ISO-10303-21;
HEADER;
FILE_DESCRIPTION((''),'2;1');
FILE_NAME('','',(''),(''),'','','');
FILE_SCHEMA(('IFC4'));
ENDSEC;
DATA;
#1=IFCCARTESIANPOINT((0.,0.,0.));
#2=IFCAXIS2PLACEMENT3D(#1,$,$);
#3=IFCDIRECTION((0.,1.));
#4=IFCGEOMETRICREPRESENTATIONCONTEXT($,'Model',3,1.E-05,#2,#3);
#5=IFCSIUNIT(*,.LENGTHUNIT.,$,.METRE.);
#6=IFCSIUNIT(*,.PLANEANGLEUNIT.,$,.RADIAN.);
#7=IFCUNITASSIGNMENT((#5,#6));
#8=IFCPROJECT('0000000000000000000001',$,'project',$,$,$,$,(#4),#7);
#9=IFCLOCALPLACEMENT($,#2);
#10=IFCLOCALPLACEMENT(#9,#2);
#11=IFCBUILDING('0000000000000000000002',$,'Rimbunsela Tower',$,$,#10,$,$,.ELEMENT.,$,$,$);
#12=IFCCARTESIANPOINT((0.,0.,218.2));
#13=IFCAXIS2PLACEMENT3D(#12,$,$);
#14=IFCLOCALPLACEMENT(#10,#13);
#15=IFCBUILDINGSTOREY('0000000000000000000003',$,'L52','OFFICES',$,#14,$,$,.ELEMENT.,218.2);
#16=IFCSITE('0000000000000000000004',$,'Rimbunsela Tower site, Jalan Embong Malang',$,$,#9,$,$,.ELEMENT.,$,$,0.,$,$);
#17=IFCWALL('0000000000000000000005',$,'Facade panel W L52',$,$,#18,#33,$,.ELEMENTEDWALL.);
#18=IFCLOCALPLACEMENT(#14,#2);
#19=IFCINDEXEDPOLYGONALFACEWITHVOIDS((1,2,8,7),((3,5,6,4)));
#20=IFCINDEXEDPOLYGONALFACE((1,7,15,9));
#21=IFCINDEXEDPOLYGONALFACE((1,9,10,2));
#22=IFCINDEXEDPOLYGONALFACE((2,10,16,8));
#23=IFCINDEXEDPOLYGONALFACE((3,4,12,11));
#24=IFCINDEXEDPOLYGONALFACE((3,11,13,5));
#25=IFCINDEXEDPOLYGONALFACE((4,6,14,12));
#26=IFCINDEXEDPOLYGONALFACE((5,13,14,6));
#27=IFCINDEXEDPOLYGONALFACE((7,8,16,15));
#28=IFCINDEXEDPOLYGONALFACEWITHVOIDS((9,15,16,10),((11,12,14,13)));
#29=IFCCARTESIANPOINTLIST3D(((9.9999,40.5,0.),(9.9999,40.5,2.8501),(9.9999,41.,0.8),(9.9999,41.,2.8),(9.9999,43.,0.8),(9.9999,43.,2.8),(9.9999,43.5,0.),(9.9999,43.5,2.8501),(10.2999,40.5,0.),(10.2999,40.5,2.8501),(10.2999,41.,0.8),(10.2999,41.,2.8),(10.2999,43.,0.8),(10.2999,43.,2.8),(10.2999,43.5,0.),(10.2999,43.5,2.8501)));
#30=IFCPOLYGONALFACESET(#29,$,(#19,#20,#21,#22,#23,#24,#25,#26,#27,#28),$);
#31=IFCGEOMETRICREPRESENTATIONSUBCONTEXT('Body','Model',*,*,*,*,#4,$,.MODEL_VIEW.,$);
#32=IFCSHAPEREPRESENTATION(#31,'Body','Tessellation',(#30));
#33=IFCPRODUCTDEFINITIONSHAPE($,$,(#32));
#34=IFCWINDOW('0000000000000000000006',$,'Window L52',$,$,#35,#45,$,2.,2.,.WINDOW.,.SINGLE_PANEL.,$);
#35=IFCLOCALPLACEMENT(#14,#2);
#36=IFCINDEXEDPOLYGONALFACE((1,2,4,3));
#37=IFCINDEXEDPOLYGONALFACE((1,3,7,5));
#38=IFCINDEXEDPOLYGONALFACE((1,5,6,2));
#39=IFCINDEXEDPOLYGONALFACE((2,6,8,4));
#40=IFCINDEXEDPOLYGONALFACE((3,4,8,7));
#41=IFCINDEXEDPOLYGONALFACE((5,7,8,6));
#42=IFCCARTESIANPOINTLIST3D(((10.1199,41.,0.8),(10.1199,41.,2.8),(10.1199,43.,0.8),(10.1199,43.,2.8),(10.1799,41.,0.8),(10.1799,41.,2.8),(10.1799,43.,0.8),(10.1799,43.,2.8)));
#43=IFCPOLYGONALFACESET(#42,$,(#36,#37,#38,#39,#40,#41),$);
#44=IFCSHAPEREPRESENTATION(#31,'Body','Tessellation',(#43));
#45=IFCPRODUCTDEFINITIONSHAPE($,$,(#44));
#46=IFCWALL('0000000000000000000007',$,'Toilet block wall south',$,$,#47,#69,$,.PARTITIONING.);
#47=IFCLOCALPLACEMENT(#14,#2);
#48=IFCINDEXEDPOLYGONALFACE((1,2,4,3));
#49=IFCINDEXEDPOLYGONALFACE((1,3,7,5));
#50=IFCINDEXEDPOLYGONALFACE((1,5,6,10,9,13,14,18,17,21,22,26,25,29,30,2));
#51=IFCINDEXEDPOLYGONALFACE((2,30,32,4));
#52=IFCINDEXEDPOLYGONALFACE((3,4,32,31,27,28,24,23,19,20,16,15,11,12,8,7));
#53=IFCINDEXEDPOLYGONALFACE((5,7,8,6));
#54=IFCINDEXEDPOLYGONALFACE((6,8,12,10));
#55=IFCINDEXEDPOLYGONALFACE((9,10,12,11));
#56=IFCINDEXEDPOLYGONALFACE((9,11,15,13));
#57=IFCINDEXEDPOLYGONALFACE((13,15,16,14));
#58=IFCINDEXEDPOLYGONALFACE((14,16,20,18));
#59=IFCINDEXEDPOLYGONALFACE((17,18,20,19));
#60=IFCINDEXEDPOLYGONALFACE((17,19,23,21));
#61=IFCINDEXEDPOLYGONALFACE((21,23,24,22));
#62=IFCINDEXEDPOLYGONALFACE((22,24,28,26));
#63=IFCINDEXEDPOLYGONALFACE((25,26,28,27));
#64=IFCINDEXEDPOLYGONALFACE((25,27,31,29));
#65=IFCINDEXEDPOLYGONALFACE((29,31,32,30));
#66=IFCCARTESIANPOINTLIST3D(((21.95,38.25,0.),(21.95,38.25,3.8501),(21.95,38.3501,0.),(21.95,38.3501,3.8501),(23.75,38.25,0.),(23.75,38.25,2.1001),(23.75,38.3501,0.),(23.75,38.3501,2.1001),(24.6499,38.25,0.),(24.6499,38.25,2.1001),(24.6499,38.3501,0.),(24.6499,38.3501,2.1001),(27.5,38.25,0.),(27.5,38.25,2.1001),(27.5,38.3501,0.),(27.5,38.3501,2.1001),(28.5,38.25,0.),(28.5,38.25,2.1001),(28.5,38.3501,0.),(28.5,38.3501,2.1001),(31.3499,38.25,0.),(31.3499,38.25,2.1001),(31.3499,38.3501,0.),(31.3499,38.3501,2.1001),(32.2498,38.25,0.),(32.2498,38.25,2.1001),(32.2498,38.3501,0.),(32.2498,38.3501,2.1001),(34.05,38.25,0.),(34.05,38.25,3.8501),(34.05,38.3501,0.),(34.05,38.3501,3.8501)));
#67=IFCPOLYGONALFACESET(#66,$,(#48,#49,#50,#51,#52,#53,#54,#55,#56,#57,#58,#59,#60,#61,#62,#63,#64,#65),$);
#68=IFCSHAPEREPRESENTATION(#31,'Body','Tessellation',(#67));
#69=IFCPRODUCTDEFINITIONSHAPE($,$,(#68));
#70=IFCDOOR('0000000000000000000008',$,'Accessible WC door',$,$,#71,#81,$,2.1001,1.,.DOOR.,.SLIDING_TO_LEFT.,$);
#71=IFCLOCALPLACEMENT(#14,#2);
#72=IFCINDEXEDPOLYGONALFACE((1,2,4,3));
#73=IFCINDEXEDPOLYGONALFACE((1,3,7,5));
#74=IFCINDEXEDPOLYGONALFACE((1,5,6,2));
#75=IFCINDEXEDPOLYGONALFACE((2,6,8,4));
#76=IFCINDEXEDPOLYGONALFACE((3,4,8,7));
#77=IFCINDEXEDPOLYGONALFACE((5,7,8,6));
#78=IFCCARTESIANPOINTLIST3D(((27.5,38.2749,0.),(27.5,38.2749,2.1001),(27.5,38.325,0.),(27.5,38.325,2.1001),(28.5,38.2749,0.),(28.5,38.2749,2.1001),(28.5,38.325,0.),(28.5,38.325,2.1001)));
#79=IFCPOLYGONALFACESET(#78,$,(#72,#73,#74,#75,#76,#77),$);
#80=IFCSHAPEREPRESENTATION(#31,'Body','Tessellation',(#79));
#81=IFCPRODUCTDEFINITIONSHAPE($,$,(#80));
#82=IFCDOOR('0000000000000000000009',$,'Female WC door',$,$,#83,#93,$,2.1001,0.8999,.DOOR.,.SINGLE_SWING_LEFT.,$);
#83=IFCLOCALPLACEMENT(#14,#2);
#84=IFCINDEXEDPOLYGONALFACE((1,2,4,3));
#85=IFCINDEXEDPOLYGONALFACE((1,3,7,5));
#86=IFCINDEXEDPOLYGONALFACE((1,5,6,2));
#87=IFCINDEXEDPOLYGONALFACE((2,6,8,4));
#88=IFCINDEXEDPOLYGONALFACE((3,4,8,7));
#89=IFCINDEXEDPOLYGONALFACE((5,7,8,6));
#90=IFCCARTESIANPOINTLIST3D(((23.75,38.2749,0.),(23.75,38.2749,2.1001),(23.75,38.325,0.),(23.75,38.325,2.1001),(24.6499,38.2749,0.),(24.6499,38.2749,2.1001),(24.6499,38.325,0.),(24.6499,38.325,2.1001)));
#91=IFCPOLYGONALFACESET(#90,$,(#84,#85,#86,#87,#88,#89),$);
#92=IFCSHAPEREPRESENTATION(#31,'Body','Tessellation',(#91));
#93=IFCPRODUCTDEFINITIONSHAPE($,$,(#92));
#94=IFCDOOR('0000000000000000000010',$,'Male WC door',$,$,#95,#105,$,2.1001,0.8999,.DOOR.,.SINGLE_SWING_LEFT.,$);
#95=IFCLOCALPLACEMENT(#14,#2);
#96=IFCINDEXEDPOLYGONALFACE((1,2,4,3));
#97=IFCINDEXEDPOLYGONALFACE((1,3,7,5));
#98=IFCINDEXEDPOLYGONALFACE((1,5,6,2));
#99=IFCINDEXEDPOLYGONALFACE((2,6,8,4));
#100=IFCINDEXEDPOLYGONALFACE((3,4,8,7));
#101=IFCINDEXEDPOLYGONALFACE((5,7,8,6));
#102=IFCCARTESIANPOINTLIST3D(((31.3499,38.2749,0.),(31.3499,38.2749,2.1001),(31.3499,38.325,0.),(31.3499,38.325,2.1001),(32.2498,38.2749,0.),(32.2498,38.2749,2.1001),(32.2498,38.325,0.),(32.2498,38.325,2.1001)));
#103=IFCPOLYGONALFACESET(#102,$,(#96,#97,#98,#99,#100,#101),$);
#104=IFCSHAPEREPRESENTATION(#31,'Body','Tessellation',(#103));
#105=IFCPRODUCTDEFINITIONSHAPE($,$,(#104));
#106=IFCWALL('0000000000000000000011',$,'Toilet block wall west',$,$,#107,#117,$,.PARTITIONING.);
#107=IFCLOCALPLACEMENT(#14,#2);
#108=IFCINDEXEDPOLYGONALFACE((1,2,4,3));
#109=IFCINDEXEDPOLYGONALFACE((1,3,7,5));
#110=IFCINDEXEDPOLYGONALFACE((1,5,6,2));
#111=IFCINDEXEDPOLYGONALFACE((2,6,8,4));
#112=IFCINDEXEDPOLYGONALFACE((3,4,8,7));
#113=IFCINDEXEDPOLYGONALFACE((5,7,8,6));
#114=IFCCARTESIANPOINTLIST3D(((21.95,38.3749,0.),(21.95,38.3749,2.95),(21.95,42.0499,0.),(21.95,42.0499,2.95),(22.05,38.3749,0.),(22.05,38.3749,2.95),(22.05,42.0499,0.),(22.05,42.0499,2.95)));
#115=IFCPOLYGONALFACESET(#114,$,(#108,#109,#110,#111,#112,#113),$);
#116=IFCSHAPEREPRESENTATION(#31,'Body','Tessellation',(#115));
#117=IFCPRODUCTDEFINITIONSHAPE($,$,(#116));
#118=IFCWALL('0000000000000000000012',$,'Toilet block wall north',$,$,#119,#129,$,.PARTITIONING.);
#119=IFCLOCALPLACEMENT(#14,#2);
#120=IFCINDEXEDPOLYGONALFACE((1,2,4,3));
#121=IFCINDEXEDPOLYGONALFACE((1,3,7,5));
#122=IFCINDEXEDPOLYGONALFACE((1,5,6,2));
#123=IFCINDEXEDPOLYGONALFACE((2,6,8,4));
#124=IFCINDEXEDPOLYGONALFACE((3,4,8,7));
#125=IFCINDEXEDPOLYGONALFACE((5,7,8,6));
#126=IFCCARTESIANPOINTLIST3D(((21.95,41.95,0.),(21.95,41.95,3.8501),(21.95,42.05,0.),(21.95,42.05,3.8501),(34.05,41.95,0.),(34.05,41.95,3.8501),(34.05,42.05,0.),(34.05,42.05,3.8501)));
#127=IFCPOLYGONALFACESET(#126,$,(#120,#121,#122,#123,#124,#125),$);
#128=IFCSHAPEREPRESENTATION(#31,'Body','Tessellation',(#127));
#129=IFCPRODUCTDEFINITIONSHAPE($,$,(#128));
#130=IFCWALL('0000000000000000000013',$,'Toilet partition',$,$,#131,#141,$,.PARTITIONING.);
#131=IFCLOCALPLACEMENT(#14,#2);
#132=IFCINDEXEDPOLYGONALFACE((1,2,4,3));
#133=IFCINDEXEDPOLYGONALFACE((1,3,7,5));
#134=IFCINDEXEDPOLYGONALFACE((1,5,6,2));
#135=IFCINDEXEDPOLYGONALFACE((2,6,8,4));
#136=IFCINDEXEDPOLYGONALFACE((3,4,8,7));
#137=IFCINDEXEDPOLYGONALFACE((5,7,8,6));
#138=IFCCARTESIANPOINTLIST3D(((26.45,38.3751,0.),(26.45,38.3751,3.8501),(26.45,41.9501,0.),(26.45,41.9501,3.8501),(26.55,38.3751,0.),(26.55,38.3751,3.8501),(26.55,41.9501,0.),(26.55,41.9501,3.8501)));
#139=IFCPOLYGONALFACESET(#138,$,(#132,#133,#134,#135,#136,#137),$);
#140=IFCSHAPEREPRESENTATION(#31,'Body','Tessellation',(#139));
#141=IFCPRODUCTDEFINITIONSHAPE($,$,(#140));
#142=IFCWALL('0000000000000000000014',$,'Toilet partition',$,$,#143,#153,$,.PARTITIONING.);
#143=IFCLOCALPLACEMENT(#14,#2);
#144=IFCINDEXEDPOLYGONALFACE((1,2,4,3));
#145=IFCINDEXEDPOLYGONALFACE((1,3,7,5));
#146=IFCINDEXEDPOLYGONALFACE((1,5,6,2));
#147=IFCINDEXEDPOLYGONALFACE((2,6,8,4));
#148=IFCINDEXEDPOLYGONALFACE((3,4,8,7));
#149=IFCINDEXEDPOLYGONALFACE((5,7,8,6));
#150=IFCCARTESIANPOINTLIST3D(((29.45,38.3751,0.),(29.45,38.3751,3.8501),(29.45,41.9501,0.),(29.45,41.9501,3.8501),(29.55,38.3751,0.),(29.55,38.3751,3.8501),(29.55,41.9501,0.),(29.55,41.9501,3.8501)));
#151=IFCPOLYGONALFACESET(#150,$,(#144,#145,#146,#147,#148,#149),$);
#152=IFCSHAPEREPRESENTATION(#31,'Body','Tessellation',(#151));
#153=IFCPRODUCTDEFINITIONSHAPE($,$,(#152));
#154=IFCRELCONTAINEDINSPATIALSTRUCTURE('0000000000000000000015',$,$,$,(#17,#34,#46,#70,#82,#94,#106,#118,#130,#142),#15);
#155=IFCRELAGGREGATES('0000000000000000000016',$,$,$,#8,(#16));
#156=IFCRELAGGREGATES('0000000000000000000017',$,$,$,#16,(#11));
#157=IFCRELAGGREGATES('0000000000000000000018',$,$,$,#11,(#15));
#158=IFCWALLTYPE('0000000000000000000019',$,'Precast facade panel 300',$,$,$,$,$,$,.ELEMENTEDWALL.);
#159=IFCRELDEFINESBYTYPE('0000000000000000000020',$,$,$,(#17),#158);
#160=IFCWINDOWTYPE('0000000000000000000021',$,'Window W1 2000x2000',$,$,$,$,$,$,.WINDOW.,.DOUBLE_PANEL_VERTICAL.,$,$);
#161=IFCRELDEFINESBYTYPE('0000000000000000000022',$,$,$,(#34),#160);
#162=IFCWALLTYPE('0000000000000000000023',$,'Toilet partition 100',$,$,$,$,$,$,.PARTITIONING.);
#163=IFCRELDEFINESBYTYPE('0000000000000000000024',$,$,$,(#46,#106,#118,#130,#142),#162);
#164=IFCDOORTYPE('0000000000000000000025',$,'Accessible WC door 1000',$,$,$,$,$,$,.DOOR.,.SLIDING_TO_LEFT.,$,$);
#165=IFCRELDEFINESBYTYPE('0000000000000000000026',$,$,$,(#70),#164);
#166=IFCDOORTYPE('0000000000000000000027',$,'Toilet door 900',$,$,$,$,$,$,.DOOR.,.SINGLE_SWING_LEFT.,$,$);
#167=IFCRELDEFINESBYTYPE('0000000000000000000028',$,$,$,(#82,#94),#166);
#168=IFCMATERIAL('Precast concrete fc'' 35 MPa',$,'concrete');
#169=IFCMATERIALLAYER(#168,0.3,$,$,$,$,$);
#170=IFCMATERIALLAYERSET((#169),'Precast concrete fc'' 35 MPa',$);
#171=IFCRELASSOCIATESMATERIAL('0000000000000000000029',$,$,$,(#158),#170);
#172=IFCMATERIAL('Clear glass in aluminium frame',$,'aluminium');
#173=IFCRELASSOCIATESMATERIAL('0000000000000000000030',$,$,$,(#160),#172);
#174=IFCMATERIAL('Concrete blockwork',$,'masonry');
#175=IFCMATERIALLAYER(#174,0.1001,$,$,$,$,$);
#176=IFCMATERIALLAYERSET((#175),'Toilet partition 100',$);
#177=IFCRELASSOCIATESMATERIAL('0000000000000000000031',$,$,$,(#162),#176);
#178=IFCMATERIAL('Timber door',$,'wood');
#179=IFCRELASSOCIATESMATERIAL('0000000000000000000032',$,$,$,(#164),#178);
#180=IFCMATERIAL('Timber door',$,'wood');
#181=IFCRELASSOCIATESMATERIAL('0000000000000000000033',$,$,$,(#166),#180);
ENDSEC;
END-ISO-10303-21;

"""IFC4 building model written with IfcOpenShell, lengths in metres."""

from ifc_helpers import new_model, si_unit, direction, frame, frame_2d, origin, place, context, subcontext, project, spatial, rectangle, extrude, material, layer, layer_set, type_object, element, fill, save


model = new_model("IFC4")

# Units and contexts
model_context = context("Model", 3, precision=1e-05, world=origin(), true_north=direction((0.0, 1.0)))
body_context = subcontext(model_context, "Body", "Model", "MODEL_VIEW")
ifc_project = project(units=[si_unit("LENGTHUNIT", "METRE"), si_unit("PLANEANGLEUNIT", "RADIAN")], contexts=[model_context])

# Site, building, storey
site_placement = place(None, origin())
site = spatial("IfcSite", under=ifc_project, at=site_placement, Name="Rimbunsela Tower site, Jalan Embong Malang", CompositionType="ELEMENT", RefElevation=0.0)
building_placement = place(site_placement, origin())
building = spatial("IfcBuilding", under=site, at=building_placement, Name="Rimbunsela Tower", CompositionType="ELEMENT")
storey_placement = place(building_placement, frame((0.0, 0.0, 218.2)))
storey = spatial("IfcBuildingStorey", under=building, at=storey_placement, Name="L52", Description="OFFICES", CompositionType="ELEMENT", Elevation=218.2)

# Wall, opening, window
ifc_material_1 = material(Name="Precast concrete fc' 35 MPa", Category="concrete")
ifc_layer_1 = layer(ifc_material_1, 0.3)
ifc_layer_set_1 = layer_set([ifc_layer_1], Name="Precast concrete fc' 35 MPa")
wall_type_1 = type_object("IfcWallType", Name="Precast facade panel 300", PredefinedType="ELEMENTEDWALL", material=ifc_layer_set_1)
wall_1_placement = place(storey_placement, frame((10.1499, 43.5, 0.0), z_axis=(0.0, 0.0, 1.0), x_axis=(0.0, -1.0, 0.0)))
wall_1 = element("IfcWall", 1, at=wall_1_placement, inside=storey, type_object=wall_type_1, Name="Facade panel W L52", PredefinedType="ELEMENTEDWALL", context=body_context, shape_type="SweptSolid", body=[
    extrude(rectangle(XDim=3.0, YDim=0.3, at=frame_2d((1.5, 0.0))), origin(), (0.0, 0.0, 1.0), 2.8501),
])
opening_1_placement = place(wall_1_placement, frame((0.5, 0.0, 0.8)))
opening_1 = element("IfcOpeningElement", 2, at=opening_1_placement, cuts=wall_1, PredefinedType="OPENING", context=body_context, shape_type="SweptSolid", body=[
    extrude(rectangle(XDim=2.0, YDim=2.0, at=frame_2d((1.0, 1.0))), frame((0.0, 0.1599, 0.0), z_axis=(0.0, -1.0, 0.0), x_axis=(1.0, 0.0, 0.0)), (0.0, 0.0, 1.0), 0.3201),
])
ifc_material_2 = material(Name="Clear glass in aluminium frame", Category="aluminium")
window_type = type_object("IfcWindowType", Name="Window W1 2000x2000", PartitioningType="DOUBLE_PANEL_VERTICAL", PredefinedType="WINDOW", material=ifc_material_2)
window_placement = place(opening_1_placement, origin())
window = element("IfcWindow", 3, at=window_placement, inside=storey, type_object=window_type, Name="Window L52", OverallHeight=2.0, OverallWidth=2.0, PartitioningType="SINGLE_PANEL", PredefinedType="WINDOW", context=body_context, shape_type="SweptSolid", body=[
    extrude(rectangle(XDim=2.0, YDim=2.0, at=frame_2d((1.0, 1.0))), frame((0.0, 0.03, 0.0), z_axis=(0.0, -1.0, 0.0), x_axis=(1.0, 0.0, 0.0)), (0.0, 0.0, 1.0), 0.0601),
])
fill(opening_1, window)

# Wall, openings, doors
ifc_material_3 = material(Name="Concrete blockwork", Category="masonry")
ifc_layer_2 = layer(ifc_material_3, 0.1001)
ifc_layer_set_2 = layer_set([ifc_layer_2], Name="Toilet partition 100")
wall_type_2 = type_object("IfcWallType", Name="Toilet partition 100", PredefinedType="PARTITIONING", material=ifc_layer_set_2)
wall_2_placement = place(storey_placement, frame((21.95, 38.3, 0.0), z_axis=(0.0, 0.0, 1.0), x_axis=(1.0, 0.0, 0.0)))
wall_2 = element("IfcWall", 4, at=wall_2_placement, inside=storey, type_object=wall_type_2, Name="Toilet block wall south", PredefinedType="PARTITIONING", context=body_context, shape_type="SweptSolid", body=[
    extrude(rectangle(XDim=12.1001, YDim=0.1001, at=frame_2d((6.05, 0.0))), origin(), (0.0, 0.0, 1.0), 3.8501),
])
opening_2_placement = place(wall_2_placement, frame((1.8, 0.0, 0.0)))
opening_2 = element("IfcOpeningElement", 5, at=opening_2_placement, cuts=wall_2, PredefinedType="OPENING", context=body_context, shape_type="SweptSolid", body=[
    extrude(rectangle(XDim=0.8999, YDim=2.1001, at=frame_2d((0.45, 1.05))), frame((0.0, 0.0601, 0.0), z_axis=(0.0, -1.0, 0.0), x_axis=(1.0, 0.0, 0.0)), (0.0, 0.0, 1.0), 0.1201),
])
opening_3_placement = place(wall_2_placement, frame((5.55, 0.0, 0.0)))
opening_3 = element("IfcOpeningElement", 6, at=opening_3_placement, cuts=wall_2, PredefinedType="OPENING", context=body_context, shape_type="SweptSolid", body=[
    extrude(rectangle(XDim=1.0, YDim=2.1001, at=frame_2d((0.5, 1.05))), frame((0.0, 0.0601, 0.0), z_axis=(0.0, -1.0, 0.0), x_axis=(1.0, 0.0, 0.0)), (0.0, 0.0, 1.0), 0.1201),
])
opening_4_placement = place(wall_2_placement, frame((9.3999, 0.0, 0.0)))
opening_4 = element("IfcOpeningElement", 7, at=opening_4_placement, cuts=wall_2, PredefinedType="OPENING", context=body_context, shape_type="SweptSolid", body=[
    extrude(rectangle(XDim=0.8999, YDim=2.1001, at=frame_2d((0.45, 1.05))), frame((0.0, 0.0601, 0.0), z_axis=(0.0, -1.0, 0.0), x_axis=(1.0, 0.0, 0.0)), (0.0, 0.0, 1.0), 0.1201),
])
ifc_material_4 = material(Name="Timber door", Category="wood")
door_type_1 = type_object("IfcDoorType", Name="Accessible WC door 1000", OperationType="SLIDING_TO_LEFT", PredefinedType="DOOR", material=ifc_material_4)
door_1_placement = place(opening_3_placement, origin())
door_1 = element("IfcDoor", 8, at=door_1_placement, inside=storey, type_object=door_type_1, Name="Accessible WC door", OperationType="SLIDING_TO_LEFT", OverallHeight=2.1001, OverallWidth=1.0, PredefinedType="DOOR", context=body_context, shape_type="SweptSolid", body=[
    extrude(rectangle(XDim=1.0, YDim=2.1001, at=frame_2d((0.5, 1.05))), frame((0.0, 0.0249, 0.0), z_axis=(0.0, -1.0, 0.0), x_axis=(1.0, 0.0, 0.0)), (0.0, 0.0, 1.0), 0.05),
])
fill(opening_3, door_1)
ifc_material_5 = material(Name="Timber door", Category="wood")
door_type_2 = type_object("IfcDoorType", Name="Toilet door 900", OperationType="SINGLE_SWING_LEFT", PredefinedType="DOOR", material=ifc_material_5)
door_2_placement = place(opening_2_placement, origin())
door_2 = element("IfcDoor", 9, at=door_2_placement, inside=storey, type_object=door_type_2, Name="Female WC door", OperationType="SINGLE_SWING_LEFT", OverallHeight=2.1001, OverallWidth=0.8999, PredefinedType="DOOR", context=body_context, shape_type="SweptSolid", body=[
    extrude(rectangle(XDim=0.8999, YDim=2.1001, at=frame_2d((0.45, 1.05))), frame((0.0, 0.0249, 0.0), z_axis=(0.0, -1.0, 0.0), x_axis=(1.0, 0.0, 0.0)), (0.0, 0.0, 1.0), 0.05),
])
fill(opening_2, door_2)
door_3_placement = place(opening_4_placement, origin())
door_3 = element("IfcDoor", 10, at=door_3_placement, inside=storey, type_object=door_type_2, Name="Male WC door", OperationType="SINGLE_SWING_LEFT", OverallHeight=2.1001, OverallWidth=0.8999, PredefinedType="DOOR", context=body_context, shape_type="SweptSolid", body=[
    extrude(rectangle(XDim=0.8999, YDim=2.1001, at=frame_2d((0.45, 1.05))), frame((0.0, 0.0249, 0.0), z_axis=(0.0, -1.0, 0.0), x_axis=(1.0, 0.0, 0.0)), (0.0, 0.0, 1.0), 0.05),
])
fill(opening_4, door_3)

# Walls
wall_3_placement = place(storey_placement, frame((22.0, 38.375, 0.0), z_axis=(0.0, 0.0, 1.0), x_axis=(0.0, 1.0, 0.0)))
element("IfcWall", 11, at=wall_3_placement, inside=storey, type_object=wall_type_2, Name="Toilet block wall west", PredefinedType="PARTITIONING", context=body_context, shape_type="SweptSolid", body=[
    extrude(rectangle(XDim=3.675, YDim=0.1001, at=frame_2d((1.8374, 0.0))), origin(), (0.0, 0.0, 1.0), 2.95),
])
wall_4_placement = place(storey_placement, frame((21.95, 42.0, 0.0), z_axis=(0.0, 0.0, 1.0), x_axis=(1.0, 0.0, 0.0)))
element("IfcWall", 12, at=wall_4_placement, inside=storey, type_object=wall_type_2, Name="Toilet block wall north", PredefinedType="PARTITIONING", context=body_context, shape_type="SweptSolid", body=[
    extrude(rectangle(XDim=12.1001, YDim=0.1001, at=frame_2d((6.05, 0.0))), origin(), (0.0, 0.0, 1.0), 3.8501),
])
for number, where, z_axis, x_axis, name in (
    (13, (26.5, 38.375, 0.0), (0.0, 0.0, 1.0), (0.0, 1.0, 0.0), "Toilet partition"),
    (14, (29.5, 38.375, 0.0), (0.0, 0.0, 1.0), (0.0, 1.0, 0.0), "Toilet partition"),
):
    element("IfcWall", number, at=place(storey_placement, frame(where, z_axis=z_axis, x_axis=x_axis)), inside=storey, type_object=wall_type_2, Name=name, PredefinedType="PARTITIONING", context=body_context, shape_type="SweptSolid", body=[
        extrude(rectangle(XDim=3.575, YDim=0.1001, at=frame_2d((1.7876, 0.0))), origin(), (0.0, 0.0, 1.0), 3.8501),
    ])

save(model, "model.ifc")
